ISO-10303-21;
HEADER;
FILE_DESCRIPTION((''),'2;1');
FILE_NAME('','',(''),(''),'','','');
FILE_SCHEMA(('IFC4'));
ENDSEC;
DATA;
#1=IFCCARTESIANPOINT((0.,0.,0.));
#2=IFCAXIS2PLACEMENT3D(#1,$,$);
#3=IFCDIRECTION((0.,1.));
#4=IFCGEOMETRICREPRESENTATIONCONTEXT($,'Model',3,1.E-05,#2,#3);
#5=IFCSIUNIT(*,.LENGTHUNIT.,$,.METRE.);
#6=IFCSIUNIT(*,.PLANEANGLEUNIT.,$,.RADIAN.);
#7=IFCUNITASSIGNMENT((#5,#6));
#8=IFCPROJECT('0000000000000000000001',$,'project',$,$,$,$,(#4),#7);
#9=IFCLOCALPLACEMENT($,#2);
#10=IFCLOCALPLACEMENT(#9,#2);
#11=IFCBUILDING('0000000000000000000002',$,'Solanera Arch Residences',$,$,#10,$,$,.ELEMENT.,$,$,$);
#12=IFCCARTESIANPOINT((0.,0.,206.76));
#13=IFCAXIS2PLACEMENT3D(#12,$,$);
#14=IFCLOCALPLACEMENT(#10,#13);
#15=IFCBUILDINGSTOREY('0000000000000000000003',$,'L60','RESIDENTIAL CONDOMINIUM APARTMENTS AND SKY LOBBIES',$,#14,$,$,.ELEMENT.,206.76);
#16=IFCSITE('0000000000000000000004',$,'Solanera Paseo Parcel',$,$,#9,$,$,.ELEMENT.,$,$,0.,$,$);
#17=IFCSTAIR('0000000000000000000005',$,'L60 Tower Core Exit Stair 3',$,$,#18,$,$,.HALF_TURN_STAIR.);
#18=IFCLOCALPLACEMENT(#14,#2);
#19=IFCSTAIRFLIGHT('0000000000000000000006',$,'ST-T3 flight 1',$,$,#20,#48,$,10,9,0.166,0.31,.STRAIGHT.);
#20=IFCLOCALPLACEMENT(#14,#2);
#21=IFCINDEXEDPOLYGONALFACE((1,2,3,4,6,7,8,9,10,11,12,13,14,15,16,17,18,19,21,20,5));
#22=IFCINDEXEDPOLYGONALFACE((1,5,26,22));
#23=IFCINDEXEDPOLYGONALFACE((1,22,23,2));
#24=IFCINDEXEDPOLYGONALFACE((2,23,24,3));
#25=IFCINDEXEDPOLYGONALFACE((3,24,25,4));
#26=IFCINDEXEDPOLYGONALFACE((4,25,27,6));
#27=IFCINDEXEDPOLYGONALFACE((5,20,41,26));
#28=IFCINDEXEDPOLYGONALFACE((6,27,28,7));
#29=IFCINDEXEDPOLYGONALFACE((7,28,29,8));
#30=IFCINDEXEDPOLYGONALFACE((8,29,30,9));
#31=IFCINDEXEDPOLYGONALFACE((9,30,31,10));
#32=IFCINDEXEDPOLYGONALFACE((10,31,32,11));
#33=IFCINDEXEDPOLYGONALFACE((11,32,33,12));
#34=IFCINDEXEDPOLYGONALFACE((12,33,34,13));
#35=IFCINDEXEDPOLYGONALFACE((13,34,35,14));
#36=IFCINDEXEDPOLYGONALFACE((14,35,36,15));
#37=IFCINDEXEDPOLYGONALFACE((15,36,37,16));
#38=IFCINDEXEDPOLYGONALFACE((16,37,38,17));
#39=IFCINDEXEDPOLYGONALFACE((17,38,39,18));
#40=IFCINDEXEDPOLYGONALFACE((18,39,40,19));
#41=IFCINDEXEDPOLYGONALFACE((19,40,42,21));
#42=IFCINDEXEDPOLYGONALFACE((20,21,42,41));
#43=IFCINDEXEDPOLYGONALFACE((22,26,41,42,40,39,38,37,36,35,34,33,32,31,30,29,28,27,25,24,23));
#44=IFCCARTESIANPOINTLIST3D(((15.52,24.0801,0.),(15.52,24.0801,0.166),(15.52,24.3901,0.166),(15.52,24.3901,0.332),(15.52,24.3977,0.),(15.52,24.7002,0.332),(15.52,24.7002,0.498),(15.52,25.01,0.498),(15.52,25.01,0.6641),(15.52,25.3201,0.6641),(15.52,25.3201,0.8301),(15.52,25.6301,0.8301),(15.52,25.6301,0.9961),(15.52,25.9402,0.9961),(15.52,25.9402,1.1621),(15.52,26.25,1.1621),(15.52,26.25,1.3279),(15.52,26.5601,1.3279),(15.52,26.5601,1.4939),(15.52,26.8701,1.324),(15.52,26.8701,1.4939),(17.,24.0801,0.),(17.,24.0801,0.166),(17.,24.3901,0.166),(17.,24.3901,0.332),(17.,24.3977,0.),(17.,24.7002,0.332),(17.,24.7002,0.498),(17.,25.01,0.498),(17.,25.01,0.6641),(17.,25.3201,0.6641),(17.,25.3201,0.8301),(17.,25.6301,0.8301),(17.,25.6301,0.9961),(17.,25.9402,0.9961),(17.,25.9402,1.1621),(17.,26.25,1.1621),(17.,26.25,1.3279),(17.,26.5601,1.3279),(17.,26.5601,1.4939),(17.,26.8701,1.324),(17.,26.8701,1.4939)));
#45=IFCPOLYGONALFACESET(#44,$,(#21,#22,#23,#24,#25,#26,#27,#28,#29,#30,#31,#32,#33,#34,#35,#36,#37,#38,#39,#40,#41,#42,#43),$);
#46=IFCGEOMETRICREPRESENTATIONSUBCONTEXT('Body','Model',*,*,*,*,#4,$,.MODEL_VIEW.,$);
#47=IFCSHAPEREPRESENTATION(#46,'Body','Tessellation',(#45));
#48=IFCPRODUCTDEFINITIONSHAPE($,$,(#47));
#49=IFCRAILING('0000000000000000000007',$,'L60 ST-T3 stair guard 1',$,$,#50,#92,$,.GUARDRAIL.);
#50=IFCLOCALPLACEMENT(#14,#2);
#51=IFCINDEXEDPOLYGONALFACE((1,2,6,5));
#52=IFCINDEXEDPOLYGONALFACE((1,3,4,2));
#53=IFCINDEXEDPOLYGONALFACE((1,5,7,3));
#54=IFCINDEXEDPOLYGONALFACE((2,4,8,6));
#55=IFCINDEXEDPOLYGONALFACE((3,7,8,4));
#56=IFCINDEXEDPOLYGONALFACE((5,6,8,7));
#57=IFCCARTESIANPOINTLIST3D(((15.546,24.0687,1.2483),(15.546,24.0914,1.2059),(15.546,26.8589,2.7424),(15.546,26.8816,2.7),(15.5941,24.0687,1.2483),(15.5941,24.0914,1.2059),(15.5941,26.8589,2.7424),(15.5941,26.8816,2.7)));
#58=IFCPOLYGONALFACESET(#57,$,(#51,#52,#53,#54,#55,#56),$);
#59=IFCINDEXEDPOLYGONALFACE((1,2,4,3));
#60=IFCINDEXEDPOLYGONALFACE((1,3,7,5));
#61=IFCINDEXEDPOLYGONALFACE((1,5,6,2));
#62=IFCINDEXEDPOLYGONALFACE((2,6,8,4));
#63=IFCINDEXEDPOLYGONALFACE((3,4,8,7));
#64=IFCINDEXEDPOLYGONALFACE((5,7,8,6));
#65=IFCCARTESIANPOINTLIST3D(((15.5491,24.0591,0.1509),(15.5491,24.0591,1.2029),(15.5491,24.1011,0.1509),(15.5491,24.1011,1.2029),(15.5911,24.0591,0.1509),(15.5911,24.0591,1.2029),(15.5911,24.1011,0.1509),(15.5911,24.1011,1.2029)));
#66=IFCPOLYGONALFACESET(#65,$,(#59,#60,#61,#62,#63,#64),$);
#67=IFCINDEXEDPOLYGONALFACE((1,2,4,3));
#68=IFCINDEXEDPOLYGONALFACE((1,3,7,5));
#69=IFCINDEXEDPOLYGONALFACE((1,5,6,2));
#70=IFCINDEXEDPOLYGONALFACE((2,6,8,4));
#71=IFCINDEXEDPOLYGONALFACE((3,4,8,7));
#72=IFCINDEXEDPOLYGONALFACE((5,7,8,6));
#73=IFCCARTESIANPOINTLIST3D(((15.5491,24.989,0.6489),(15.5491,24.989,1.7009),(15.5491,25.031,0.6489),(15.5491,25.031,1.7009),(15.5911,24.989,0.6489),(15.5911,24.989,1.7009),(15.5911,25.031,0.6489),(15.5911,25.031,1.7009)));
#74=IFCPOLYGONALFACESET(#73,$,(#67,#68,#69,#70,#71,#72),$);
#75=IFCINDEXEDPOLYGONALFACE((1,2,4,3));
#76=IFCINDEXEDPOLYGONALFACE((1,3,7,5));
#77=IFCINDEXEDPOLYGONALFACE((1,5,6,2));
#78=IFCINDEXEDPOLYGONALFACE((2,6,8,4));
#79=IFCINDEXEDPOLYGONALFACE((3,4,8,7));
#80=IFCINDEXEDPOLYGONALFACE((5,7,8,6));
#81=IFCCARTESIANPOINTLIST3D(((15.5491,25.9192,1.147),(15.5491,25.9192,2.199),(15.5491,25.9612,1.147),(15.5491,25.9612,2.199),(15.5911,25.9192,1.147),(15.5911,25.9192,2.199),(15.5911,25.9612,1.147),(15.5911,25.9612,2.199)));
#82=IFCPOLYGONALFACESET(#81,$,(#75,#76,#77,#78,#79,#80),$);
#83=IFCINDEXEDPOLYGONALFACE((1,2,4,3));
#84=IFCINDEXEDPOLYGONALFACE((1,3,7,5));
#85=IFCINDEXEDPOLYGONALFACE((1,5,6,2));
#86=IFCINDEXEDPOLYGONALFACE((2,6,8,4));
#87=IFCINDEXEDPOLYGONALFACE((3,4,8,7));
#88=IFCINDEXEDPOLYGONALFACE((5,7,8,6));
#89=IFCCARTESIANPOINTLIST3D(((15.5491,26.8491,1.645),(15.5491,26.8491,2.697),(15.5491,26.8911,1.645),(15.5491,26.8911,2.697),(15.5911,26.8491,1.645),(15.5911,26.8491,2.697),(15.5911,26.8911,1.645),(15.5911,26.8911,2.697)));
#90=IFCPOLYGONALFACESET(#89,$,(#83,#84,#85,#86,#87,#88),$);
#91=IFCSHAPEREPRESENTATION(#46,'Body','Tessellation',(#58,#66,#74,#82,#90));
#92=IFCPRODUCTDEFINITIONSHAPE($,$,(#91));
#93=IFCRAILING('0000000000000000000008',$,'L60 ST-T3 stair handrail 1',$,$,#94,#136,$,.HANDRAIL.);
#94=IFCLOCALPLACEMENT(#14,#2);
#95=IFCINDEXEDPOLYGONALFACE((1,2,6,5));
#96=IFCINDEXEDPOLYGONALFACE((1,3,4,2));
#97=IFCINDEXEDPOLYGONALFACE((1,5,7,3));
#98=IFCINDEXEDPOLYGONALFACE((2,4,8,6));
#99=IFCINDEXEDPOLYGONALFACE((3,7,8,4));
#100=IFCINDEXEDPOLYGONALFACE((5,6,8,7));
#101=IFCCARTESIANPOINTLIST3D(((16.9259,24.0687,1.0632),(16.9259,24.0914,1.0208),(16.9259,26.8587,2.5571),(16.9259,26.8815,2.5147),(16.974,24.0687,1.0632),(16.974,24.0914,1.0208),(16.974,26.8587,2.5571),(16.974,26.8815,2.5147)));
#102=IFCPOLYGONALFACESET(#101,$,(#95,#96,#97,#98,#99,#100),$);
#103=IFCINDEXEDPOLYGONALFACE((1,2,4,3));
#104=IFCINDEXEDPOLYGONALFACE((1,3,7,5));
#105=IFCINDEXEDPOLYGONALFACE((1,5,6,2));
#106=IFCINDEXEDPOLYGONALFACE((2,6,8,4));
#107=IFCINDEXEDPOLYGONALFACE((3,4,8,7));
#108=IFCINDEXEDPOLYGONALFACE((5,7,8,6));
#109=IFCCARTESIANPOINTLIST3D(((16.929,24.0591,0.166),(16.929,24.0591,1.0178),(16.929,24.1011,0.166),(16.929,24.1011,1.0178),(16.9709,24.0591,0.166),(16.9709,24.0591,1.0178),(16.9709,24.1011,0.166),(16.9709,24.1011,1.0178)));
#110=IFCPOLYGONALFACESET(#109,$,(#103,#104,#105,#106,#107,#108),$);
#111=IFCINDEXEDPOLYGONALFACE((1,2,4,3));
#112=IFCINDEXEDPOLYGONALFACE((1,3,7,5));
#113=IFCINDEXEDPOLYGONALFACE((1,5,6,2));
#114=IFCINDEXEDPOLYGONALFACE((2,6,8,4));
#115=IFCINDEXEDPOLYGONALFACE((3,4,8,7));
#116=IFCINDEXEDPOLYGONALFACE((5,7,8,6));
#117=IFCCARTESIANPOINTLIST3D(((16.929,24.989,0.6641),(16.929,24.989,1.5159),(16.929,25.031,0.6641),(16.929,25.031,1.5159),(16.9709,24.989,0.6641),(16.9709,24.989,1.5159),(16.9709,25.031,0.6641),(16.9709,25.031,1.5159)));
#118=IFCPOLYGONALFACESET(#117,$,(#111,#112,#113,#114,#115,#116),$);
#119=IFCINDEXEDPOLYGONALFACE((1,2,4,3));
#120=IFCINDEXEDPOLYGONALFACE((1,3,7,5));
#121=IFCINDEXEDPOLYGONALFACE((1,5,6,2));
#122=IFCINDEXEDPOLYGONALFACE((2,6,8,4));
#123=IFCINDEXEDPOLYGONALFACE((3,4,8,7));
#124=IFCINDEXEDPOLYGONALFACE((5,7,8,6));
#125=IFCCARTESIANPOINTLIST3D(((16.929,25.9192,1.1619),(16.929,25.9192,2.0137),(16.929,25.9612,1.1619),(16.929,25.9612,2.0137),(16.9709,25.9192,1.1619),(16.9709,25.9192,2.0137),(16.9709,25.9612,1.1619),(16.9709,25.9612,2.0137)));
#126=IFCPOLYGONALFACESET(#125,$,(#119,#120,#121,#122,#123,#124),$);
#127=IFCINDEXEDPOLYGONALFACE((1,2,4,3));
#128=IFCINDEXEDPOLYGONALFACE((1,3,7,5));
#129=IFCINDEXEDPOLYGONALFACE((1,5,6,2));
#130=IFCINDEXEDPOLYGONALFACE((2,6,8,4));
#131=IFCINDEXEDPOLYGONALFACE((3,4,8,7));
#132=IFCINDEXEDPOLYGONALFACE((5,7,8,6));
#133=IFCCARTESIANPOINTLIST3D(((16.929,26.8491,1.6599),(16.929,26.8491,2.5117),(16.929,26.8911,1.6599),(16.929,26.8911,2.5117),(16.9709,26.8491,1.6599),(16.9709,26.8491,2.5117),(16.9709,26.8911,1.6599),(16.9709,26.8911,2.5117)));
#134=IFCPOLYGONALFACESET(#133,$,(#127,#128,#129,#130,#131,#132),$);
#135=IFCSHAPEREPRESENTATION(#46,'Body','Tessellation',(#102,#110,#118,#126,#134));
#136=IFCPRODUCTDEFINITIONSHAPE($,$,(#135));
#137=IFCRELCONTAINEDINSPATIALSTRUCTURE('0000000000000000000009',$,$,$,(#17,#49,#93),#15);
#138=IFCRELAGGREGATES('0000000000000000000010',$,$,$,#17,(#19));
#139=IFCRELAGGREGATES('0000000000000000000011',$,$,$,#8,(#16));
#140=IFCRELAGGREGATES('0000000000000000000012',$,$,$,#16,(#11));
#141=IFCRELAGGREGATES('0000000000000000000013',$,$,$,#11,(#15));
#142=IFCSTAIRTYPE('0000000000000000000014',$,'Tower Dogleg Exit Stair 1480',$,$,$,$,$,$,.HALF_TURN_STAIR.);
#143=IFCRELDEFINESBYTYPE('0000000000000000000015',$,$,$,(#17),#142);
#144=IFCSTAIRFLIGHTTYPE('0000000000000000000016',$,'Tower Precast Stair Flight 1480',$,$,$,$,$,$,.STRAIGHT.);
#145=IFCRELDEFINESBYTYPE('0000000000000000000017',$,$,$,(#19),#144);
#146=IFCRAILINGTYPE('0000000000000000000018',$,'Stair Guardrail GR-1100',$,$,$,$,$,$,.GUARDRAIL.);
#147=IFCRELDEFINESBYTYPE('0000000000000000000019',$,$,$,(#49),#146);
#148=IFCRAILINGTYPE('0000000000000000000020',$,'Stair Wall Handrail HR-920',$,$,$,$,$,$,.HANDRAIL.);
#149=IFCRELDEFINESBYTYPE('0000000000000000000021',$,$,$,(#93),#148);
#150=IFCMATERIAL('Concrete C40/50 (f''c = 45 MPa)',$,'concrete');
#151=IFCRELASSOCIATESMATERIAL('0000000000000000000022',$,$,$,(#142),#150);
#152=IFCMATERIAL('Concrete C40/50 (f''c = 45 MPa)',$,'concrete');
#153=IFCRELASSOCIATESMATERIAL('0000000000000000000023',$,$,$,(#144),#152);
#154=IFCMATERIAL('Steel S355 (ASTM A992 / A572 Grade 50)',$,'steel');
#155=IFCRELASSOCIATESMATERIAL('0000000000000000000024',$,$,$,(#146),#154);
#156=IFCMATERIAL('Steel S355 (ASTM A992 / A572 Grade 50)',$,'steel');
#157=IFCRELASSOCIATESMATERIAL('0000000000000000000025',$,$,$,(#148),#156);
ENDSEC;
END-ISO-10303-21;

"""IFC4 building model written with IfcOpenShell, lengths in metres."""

from ifc_helpers import new_model, si_unit, direction, frame, origin, origin_2d, place, context, subcontext, project, spatial, polyline, rectangle, outline, extrude, material, type_object, element, aggregate, save


model = new_model("IFC4")

# Units and contexts
model_context = context("Model", 3, precision=1e-05, world=origin(), true_north=direction((0.0, 1.0)))
body_context = subcontext(model_context, "Body", "Model", "MODEL_VIEW")
ifc_project = project(units=[si_unit("LENGTHUNIT", "METRE"), si_unit("PLANEANGLEUNIT", "RADIAN")], contexts=[model_context])

# Site, building, storey
site_placement = place(None, origin())
site = spatial("IfcSite", under=ifc_project, at=site_placement, Name="Solanera Paseo Parcel", CompositionType="ELEMENT", RefElevation=0.0)
building_placement = place(site_placement, origin())
building = spatial("IfcBuilding", under=site, at=building_placement, Name="Solanera Arch Residences", CompositionType="ELEMENT")
storey_placement = place(building_placement, frame((0.0, 0.0, 206.76)))
storey = spatial("IfcBuildingStorey", under=building, at=storey_placement, Name="L60", Description="RESIDENTIAL CONDOMINIUM APARTMENTS AND SKY LOBBIES", CompositionType="ELEMENT", Elevation=206.76)

# Stair, stair flight
ifc_material_1 = material(Name="Concrete C40/50 (f'c = 45 MPa)", Category="concrete")
stair_type = type_object("IfcStairType", Name="Tower Dogleg Exit Stair 1480", PredefinedType="HALF_TURN_STAIR", material=ifc_material_1)
stair_placement = place(storey_placement, origin())
stair = element("IfcStair", 1, at=stair_placement, inside=storey, type_object=stair_type, Name="L60 Tower Core Exit Stair 3", PredefinedType="HALF_TURN_STAIR")
ifc_material_2 = material(Name="Concrete C40/50 (f'c = 45 MPa)", Category="concrete")
stair_flight_type = type_object("IfcStairFlightType", Name="Tower Precast Stair Flight 1480", PredefinedType="STRAIGHT", material=ifc_material_2)
stair_flight_placement = place(storey_placement, frame((16.26, 24.0801, 0.0), z_axis=(0.0, 0.0, 1.0), x_axis=(0.0, 1.0, 0.0)))
stair_flight = element("IfcStairFlight", 2, at=stair_flight_placement, type_object=stair_flight_type, Name="ST-T3 flight 1", NumberOfRisers=10, NumberOfTreads=9, PredefinedType="STRAIGHT", RiserHeight=0.166, TreadLength=0.31, context=body_context, shape_type="SweptSolid", body=[
    extrude(outline(polyline([(0.0, 0.0), (0.0, 0.166), (0.3101, 0.166), (0.3101, 0.332), (0.6201, 0.332), (0.6201, 0.498), (0.9299, 0.498), (0.9299, 0.6641), (1.24, 0.6641), (1.24, 0.8301), (1.55, 0.8301), (1.55, 0.9961), (1.8601, 0.9961), (1.8601, 1.1621), (2.1699, 1.1621), (2.1699, 1.3279), (2.48, 1.3279), (2.48, 1.4939), (2.79, 1.4939), (2.79, 1.6599), (2.79, 1.324), (0.3176, 0.0), (0.0, 0.0)])), frame((0.0, 0.74, 0.0), z_axis=(0.0, -1.0, 0.0), x_axis=(1.0, 0.0, 0.0)), (0.0, 0.0, 1.0), 1.48),
])
aggregate(stair, [stair_flight])

# Railings
ifc_material_3 = material(Name="Steel S355 (ASTM A992 / A572 Grade 50)", Category="steel")
railing_type_1 = type_object("IfcRailingType", Name="Stair Guardrail GR-1100", PredefinedType="GUARDRAIL", material=ifc_material_3)
railing_1_placement = place(storey_placement, frame((15.5701, 24.0801, 0.1509)))
element("IfcRailing", 3, at=railing_1_placement, inside=storey, type_object=railing_type_1, Name="L60 ST-T3 stair guard 1", PredefinedType="GUARDRAIL", context=body_context, shape_type="SweptSolid", body=[
    extrude(rectangle(XDim=0.0481, YDim=0.0481, at=origin_2d()), frame((0.0, 0.0, 1.0762), z_axis=(0.0, 0.881549, 0.472093), x_axis=(-1.0, 0.0, 0.0)), (0.0, 0.0, 1.0), 3.165),
    extrude(rectangle(XDim=0.042, YDim=0.042, at=origin_2d()), origin(), (0.0, 0.0, 1.0), 1.052),
    extrude(rectangle(XDim=0.042, YDim=0.042, at=origin_2d()), frame((0.0, 0.9299, 0.498)), (0.0, 0.0, 1.0), 1.052),
    extrude(rectangle(XDim=0.042, YDim=0.042, at=origin_2d()), frame((0.0, 1.8601, 0.9961)), (0.0, 0.0, 1.0), 1.052),
    extrude(rectangle(XDim=0.042, YDim=0.042, at=origin_2d()), frame((0.0, 2.79, 1.4941)), (0.0, 0.0, 1.0), 1.052),
])
ifc_material_4 = material(Name="Steel S355 (ASTM A992 / A572 Grade 50)", Category="steel")
railing_type_2 = type_object("IfcRailingType", Name="Stair Wall Handrail HR-920", PredefinedType="HANDRAIL", material=ifc_material_4)
railing_2_placement = place(storey_placement, frame((16.95, 24.0801, 0.166)))
element("IfcRailing", 4, at=railing_2_placement, inside=storey, type_object=railing_type_2, Name="L60 ST-T3 stair handrail 1", PredefinedType="HANDRAIL", context=body_context, shape_type="SweptSolid", body=[
    extrude(rectangle(XDim=0.0481, YDim=0.0481, at=origin_2d()), frame((0.0, 0.0, 0.876), z_axis=(0.0, 0.881581, 0.472033), x_axis=(-1.0, 0.0, 0.0)), (0.0, 0.0, 1.0), 3.1648),
    extrude(rectangle(XDim=0.042, YDim=0.042, at=origin_2d()), origin(), (0.0, 0.0, 1.0), 0.8518),
    extrude(rectangle(XDim=0.042, YDim=0.042, at=origin_2d()), frame((0.0, 0.9299, 0.498)), (0.0, 0.0, 1.0), 0.8518),
    extrude(rectangle(XDim=0.042, YDim=0.042, at=origin_2d()), frame((0.0, 1.8601, 0.9958)), (0.0, 0.0, 1.0), 0.8518),
    extrude(rectangle(XDim=0.042, YDim=0.042, at=origin_2d()), frame((0.0, 2.79, 1.4939)), (0.0, 0.0, 1.0), 0.8518),
])

save(model, "model.ifc")
